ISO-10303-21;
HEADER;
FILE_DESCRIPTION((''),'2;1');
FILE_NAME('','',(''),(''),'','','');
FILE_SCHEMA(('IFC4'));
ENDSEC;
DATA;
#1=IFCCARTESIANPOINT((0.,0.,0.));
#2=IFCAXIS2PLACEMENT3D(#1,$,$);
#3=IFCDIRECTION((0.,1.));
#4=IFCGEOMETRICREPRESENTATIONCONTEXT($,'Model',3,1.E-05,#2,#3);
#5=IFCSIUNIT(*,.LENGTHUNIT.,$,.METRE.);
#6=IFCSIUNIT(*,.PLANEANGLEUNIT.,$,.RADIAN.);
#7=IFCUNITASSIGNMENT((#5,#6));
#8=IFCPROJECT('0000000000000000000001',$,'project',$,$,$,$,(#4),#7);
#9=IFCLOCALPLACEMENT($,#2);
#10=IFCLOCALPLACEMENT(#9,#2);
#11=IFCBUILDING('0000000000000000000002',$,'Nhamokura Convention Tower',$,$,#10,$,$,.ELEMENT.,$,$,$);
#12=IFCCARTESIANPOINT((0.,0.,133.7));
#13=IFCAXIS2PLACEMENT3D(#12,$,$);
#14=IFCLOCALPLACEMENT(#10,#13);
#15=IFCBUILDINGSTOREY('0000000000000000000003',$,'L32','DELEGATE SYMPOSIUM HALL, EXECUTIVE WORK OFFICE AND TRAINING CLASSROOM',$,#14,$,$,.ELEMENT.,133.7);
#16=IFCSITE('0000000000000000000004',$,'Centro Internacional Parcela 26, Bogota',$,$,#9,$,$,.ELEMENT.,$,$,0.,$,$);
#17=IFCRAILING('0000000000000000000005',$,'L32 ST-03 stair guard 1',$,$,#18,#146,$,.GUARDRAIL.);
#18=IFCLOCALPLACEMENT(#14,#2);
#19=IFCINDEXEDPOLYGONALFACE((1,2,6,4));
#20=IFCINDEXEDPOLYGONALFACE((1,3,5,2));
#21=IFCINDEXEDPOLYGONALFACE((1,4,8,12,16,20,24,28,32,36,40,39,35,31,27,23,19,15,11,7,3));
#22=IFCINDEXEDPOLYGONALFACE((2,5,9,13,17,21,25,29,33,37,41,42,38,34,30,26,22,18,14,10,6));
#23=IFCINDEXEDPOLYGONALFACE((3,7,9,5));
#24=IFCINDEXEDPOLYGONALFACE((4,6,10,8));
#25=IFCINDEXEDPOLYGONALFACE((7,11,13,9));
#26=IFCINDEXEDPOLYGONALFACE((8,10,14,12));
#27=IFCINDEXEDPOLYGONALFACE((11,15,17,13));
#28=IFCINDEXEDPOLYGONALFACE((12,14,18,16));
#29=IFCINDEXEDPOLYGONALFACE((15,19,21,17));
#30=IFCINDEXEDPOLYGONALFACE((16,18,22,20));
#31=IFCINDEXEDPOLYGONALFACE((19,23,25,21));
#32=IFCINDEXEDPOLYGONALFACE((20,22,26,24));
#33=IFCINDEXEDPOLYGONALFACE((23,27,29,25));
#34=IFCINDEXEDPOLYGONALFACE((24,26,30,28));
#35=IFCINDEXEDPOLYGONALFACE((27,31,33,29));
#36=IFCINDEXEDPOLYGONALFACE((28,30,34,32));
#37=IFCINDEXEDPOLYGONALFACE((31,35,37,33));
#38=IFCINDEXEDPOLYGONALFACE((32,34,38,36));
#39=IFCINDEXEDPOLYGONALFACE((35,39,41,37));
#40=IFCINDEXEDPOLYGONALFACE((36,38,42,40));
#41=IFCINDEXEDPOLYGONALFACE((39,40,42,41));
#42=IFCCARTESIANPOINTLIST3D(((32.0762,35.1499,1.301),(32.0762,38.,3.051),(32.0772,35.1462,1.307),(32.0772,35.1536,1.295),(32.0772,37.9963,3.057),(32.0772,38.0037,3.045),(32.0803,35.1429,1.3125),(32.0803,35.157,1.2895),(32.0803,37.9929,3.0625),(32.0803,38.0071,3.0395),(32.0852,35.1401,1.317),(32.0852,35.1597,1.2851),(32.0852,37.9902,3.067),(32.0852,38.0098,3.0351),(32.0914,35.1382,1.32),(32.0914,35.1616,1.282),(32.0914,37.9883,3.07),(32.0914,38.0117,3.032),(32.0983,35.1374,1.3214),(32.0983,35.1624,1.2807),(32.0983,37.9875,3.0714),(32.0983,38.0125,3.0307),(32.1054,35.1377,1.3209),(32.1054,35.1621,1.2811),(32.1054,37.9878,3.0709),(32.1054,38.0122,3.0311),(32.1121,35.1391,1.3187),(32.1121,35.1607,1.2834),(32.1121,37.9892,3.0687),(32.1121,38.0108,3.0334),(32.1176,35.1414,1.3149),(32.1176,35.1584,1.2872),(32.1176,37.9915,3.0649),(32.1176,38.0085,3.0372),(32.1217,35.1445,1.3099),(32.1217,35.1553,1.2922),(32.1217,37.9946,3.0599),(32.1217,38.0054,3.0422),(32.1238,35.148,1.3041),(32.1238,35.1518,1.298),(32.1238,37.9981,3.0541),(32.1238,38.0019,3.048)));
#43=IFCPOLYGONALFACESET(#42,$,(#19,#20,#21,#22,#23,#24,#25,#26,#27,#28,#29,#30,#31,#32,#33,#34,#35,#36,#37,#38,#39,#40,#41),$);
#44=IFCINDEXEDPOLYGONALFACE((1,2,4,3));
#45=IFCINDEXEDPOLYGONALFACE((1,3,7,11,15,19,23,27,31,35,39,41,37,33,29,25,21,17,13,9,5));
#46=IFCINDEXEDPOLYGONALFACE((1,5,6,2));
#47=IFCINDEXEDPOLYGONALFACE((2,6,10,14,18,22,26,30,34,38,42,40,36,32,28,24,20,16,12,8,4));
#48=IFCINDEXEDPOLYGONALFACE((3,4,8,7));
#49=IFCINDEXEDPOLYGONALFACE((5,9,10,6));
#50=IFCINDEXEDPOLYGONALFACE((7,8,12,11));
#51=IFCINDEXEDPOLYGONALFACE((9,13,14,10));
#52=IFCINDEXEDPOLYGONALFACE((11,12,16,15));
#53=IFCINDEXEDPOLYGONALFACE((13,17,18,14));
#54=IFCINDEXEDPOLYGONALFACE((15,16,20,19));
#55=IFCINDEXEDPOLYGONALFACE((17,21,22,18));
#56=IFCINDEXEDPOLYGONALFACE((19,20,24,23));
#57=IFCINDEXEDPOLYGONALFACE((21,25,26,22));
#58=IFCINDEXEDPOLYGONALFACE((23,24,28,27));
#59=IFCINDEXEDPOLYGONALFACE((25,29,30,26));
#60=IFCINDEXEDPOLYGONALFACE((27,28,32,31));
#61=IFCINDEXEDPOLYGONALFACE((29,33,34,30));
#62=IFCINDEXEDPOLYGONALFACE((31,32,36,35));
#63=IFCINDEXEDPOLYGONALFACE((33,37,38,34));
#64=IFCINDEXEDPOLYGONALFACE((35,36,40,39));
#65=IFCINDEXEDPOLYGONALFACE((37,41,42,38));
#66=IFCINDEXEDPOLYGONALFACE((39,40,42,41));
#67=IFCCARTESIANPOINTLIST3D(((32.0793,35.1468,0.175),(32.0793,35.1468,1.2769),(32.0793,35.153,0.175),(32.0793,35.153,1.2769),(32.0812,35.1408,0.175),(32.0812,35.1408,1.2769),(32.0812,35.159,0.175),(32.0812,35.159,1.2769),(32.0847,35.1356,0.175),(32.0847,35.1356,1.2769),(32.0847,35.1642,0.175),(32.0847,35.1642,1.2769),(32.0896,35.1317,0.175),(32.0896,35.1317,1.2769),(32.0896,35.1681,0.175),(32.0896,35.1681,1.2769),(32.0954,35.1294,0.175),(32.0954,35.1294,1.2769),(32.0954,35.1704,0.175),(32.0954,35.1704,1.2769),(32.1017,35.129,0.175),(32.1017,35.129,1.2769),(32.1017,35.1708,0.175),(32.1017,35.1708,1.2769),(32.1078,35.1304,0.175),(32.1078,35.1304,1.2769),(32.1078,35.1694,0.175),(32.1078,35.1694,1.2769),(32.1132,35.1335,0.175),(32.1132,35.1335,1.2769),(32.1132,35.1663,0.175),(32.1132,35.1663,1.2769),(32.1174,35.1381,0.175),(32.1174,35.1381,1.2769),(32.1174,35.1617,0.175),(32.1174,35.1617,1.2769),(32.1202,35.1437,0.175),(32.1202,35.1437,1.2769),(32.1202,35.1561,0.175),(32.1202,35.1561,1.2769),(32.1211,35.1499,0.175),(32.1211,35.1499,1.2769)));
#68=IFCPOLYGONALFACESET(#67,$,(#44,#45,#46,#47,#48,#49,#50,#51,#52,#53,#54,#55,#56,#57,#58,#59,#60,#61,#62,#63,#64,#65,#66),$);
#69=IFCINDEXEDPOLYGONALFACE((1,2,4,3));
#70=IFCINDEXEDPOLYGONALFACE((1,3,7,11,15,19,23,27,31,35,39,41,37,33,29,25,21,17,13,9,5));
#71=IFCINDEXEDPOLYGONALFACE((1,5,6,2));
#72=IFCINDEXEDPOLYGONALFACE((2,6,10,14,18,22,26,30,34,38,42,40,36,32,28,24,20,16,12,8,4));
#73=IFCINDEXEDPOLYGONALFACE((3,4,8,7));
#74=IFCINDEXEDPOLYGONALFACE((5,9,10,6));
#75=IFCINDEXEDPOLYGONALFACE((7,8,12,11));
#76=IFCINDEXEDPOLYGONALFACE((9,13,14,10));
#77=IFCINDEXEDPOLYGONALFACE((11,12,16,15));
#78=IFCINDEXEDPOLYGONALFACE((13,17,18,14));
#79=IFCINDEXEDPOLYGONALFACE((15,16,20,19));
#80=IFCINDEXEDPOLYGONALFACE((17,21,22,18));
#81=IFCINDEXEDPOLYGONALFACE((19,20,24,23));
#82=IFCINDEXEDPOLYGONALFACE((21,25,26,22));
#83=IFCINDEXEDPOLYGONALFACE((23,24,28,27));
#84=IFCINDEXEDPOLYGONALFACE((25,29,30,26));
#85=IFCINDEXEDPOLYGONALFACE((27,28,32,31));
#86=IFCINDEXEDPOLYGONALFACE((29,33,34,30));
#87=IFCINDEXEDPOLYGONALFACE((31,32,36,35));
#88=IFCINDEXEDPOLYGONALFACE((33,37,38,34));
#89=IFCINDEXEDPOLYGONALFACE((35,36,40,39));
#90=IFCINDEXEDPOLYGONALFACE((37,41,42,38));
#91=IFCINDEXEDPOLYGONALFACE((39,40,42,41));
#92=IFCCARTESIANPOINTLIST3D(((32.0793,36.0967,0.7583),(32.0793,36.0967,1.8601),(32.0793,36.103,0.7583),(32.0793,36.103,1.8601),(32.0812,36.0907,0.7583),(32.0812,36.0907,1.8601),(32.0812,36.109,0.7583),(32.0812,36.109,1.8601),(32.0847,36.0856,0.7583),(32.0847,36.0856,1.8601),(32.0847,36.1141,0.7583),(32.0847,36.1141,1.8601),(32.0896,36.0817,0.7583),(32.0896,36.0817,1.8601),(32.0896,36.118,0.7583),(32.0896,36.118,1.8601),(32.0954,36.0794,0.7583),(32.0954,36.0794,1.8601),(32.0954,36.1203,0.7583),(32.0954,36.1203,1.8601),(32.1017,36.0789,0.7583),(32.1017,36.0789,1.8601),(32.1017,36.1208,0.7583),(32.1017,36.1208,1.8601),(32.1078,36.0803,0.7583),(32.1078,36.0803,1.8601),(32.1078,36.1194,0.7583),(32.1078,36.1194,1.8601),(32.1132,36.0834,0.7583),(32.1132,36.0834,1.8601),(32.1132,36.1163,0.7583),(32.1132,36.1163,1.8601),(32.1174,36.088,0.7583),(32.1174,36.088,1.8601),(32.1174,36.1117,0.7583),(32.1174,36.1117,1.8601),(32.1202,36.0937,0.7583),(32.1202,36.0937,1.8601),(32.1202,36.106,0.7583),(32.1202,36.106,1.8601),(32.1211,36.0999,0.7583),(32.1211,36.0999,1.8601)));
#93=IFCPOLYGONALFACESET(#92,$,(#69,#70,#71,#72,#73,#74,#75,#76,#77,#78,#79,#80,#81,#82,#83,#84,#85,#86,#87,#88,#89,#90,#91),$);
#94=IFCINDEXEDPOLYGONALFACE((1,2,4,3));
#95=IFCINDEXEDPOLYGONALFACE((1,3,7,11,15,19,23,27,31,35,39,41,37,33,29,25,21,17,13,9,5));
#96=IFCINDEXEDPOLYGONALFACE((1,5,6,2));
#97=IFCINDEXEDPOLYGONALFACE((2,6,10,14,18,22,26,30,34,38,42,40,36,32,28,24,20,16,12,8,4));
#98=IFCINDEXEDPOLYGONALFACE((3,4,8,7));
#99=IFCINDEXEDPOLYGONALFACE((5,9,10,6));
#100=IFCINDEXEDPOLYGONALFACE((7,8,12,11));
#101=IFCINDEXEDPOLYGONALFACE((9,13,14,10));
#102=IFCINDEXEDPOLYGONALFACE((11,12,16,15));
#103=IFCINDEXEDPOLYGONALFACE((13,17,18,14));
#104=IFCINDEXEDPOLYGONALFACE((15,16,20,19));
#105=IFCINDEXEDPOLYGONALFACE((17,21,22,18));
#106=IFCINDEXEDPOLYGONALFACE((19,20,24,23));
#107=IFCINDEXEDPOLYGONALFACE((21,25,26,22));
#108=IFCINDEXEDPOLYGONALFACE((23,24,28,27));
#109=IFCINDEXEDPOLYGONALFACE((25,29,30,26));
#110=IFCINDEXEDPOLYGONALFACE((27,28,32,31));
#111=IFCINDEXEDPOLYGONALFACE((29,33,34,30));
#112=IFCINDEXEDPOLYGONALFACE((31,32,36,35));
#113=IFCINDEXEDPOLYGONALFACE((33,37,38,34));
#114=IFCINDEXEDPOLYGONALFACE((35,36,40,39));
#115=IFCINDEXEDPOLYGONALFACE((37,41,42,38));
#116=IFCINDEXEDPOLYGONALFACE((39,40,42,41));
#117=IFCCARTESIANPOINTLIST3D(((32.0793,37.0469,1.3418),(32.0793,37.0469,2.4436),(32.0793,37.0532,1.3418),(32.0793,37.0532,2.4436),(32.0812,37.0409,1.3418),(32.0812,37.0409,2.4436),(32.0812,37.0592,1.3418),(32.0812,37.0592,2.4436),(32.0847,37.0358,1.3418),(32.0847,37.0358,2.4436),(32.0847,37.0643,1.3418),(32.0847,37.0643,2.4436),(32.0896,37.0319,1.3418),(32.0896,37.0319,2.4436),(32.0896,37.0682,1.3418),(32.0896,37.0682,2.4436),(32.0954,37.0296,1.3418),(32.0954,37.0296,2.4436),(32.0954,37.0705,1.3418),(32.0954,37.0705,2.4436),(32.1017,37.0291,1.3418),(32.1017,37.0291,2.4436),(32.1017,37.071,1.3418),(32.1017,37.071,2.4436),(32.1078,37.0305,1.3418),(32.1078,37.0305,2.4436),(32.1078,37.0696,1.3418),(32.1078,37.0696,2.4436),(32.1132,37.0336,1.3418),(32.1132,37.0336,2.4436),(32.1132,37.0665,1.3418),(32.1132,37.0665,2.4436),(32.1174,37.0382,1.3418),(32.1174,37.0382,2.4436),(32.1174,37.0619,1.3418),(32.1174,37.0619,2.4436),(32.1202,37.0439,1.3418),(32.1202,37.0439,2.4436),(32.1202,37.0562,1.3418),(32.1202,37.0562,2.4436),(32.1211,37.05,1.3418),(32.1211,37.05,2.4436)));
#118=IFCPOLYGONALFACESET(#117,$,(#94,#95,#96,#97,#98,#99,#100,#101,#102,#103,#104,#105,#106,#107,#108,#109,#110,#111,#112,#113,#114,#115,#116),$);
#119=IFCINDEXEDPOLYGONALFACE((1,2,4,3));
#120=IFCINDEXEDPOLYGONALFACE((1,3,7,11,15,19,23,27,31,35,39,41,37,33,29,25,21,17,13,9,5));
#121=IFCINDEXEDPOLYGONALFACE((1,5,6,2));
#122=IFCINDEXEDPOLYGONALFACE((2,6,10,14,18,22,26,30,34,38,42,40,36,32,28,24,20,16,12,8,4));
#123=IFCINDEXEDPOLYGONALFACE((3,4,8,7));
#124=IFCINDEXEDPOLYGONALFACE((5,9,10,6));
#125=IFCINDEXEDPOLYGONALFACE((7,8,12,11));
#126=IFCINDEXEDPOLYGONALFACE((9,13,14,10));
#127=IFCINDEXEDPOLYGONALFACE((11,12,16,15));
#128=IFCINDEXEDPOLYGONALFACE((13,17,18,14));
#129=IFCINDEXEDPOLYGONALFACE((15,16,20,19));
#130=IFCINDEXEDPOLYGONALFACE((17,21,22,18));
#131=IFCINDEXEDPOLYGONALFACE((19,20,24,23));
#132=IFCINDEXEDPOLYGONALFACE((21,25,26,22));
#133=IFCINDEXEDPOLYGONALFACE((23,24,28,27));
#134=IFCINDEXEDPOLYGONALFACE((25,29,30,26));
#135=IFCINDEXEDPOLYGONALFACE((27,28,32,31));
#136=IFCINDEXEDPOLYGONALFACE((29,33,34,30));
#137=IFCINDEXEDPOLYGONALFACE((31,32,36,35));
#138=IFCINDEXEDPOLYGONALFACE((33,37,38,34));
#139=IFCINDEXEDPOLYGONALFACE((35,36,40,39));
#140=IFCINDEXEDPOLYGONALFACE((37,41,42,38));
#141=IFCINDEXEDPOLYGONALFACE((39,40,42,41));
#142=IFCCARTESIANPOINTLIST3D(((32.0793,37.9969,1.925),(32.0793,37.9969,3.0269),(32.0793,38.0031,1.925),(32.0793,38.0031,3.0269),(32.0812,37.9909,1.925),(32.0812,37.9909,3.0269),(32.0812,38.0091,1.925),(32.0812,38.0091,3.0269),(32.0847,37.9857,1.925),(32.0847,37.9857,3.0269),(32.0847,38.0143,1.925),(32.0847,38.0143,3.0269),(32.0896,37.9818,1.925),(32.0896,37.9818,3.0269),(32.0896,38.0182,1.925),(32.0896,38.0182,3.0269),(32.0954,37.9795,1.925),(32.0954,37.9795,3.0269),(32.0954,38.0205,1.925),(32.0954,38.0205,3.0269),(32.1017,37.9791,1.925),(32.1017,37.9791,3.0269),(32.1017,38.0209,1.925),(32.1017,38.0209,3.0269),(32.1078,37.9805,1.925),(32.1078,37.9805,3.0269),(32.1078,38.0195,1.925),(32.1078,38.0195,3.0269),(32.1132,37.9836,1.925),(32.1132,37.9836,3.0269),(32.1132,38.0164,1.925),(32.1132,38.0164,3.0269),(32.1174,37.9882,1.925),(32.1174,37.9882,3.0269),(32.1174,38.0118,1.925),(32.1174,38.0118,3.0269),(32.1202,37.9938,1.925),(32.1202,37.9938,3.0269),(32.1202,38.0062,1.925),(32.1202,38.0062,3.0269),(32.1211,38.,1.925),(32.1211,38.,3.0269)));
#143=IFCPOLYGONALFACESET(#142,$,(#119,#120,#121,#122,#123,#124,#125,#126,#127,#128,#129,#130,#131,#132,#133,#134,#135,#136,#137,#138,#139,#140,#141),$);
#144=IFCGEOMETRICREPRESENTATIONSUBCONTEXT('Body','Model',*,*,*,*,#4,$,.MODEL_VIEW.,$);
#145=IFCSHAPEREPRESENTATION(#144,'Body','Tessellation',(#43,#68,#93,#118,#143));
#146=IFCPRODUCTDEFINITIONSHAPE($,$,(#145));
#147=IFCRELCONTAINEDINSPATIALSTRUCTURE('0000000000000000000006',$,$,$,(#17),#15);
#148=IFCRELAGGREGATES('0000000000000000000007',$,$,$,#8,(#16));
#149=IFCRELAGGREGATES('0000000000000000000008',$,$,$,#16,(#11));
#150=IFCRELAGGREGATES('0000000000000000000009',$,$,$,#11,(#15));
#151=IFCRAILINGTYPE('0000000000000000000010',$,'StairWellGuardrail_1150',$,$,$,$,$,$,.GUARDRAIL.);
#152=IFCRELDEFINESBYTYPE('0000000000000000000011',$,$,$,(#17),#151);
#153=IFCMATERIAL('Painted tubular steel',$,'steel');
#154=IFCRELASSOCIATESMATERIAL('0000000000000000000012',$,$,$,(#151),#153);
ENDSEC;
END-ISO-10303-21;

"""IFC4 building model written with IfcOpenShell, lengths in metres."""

from ifc_helpers import new_model, si_unit, direction, frame, origin, origin_2d, place, context, subcontext, project, spatial, circle, extrude, material, type_object, element, save


model = new_model("IFC4")

# Units and contexts
model_context = context("Model", 3, precision=1e-05, world=origin(), true_north=direction((0.0, 1.0)))
body_context = subcontext(model_context, "Body", "Model", "MODEL_VIEW")
ifc_project = project(units=[si_unit("LENGTHUNIT", "METRE"), si_unit("PLANEANGLEUNIT", "RADIAN")], contexts=[model_context])

# Site, building, storey
site_placement = place(None, origin())
site = spatial("IfcSite", under=ifc_project, at=site_placement, Name="Centro Internacional Parcela 26, Bogota", CompositionType="ELEMENT", RefElevation=0.0)
building_placement = place(site_placement, origin())
building = spatial("IfcBuilding", under=site, at=building_placement, Name="Nhamokura Convention Tower", CompositionType="ELEMENT")
storey_placement = place(building_placement, frame((0.0, 0.0, 133.7)))
storey = spatial("IfcBuildingStorey", under=building, at=storey_placement, Name="L32", Description="DELEGATE SYMPOSIUM HALL, EXECUTIVE WORK OFFICE AND TRAINING CLASSROOM", CompositionType="ELEMENT", Elevation=133.7)

# Railing
ifc_material_1 = material(Name="Painted tubular steel", Category="steel")
railing_type_1 = type_object("IfcRailingType", Name="StairWellGuardrail_1150", PredefinedType="GUARDRAIL", material=ifc_material_1)
railing_1_placement = place(storey_placement, frame((32.1001, 35.1499, 0.175)))
element("IfcRailing", 1, at=railing_1_placement, inside=storey, type_object=railing_type_1, Name="L32 ST-03 stair guard 1", PredefinedType="GUARDRAIL", context=body_context, shape_type="SweptSolid", body=[
    extrude(circle(Radius=0.0239, at=origin_2d()), frame((0.0, 0.0, 1.126), z_axis=(0.0, 0.852179, 0.52325), x_axis=(-1.0, 0.0, 0.0)), (0.0, 0.0, 1.0), 3.3445),
    extrude(circle(Radius=0.021, at=origin_2d()), origin(), (0.0, 0.0, 1.0), 1.1018),
    extrude(circle(Radius=0.021, at=origin_2d()), frame((0.0, 0.95, 0.5833)), (0.0, 0.0, 1.0), 1.1018),
    extrude(circle(Radius=0.021, at=origin_2d()), frame((0.0, 1.9001, 1.1667)), (0.0, 0.0, 1.0), 1.1018),
    extrude(circle(Radius=0.021, at=origin_2d()), frame((0.0, 2.8501, 1.75)), (0.0, 0.0, 1.0), 1.1018),
])

save(model, "model.ifc")
